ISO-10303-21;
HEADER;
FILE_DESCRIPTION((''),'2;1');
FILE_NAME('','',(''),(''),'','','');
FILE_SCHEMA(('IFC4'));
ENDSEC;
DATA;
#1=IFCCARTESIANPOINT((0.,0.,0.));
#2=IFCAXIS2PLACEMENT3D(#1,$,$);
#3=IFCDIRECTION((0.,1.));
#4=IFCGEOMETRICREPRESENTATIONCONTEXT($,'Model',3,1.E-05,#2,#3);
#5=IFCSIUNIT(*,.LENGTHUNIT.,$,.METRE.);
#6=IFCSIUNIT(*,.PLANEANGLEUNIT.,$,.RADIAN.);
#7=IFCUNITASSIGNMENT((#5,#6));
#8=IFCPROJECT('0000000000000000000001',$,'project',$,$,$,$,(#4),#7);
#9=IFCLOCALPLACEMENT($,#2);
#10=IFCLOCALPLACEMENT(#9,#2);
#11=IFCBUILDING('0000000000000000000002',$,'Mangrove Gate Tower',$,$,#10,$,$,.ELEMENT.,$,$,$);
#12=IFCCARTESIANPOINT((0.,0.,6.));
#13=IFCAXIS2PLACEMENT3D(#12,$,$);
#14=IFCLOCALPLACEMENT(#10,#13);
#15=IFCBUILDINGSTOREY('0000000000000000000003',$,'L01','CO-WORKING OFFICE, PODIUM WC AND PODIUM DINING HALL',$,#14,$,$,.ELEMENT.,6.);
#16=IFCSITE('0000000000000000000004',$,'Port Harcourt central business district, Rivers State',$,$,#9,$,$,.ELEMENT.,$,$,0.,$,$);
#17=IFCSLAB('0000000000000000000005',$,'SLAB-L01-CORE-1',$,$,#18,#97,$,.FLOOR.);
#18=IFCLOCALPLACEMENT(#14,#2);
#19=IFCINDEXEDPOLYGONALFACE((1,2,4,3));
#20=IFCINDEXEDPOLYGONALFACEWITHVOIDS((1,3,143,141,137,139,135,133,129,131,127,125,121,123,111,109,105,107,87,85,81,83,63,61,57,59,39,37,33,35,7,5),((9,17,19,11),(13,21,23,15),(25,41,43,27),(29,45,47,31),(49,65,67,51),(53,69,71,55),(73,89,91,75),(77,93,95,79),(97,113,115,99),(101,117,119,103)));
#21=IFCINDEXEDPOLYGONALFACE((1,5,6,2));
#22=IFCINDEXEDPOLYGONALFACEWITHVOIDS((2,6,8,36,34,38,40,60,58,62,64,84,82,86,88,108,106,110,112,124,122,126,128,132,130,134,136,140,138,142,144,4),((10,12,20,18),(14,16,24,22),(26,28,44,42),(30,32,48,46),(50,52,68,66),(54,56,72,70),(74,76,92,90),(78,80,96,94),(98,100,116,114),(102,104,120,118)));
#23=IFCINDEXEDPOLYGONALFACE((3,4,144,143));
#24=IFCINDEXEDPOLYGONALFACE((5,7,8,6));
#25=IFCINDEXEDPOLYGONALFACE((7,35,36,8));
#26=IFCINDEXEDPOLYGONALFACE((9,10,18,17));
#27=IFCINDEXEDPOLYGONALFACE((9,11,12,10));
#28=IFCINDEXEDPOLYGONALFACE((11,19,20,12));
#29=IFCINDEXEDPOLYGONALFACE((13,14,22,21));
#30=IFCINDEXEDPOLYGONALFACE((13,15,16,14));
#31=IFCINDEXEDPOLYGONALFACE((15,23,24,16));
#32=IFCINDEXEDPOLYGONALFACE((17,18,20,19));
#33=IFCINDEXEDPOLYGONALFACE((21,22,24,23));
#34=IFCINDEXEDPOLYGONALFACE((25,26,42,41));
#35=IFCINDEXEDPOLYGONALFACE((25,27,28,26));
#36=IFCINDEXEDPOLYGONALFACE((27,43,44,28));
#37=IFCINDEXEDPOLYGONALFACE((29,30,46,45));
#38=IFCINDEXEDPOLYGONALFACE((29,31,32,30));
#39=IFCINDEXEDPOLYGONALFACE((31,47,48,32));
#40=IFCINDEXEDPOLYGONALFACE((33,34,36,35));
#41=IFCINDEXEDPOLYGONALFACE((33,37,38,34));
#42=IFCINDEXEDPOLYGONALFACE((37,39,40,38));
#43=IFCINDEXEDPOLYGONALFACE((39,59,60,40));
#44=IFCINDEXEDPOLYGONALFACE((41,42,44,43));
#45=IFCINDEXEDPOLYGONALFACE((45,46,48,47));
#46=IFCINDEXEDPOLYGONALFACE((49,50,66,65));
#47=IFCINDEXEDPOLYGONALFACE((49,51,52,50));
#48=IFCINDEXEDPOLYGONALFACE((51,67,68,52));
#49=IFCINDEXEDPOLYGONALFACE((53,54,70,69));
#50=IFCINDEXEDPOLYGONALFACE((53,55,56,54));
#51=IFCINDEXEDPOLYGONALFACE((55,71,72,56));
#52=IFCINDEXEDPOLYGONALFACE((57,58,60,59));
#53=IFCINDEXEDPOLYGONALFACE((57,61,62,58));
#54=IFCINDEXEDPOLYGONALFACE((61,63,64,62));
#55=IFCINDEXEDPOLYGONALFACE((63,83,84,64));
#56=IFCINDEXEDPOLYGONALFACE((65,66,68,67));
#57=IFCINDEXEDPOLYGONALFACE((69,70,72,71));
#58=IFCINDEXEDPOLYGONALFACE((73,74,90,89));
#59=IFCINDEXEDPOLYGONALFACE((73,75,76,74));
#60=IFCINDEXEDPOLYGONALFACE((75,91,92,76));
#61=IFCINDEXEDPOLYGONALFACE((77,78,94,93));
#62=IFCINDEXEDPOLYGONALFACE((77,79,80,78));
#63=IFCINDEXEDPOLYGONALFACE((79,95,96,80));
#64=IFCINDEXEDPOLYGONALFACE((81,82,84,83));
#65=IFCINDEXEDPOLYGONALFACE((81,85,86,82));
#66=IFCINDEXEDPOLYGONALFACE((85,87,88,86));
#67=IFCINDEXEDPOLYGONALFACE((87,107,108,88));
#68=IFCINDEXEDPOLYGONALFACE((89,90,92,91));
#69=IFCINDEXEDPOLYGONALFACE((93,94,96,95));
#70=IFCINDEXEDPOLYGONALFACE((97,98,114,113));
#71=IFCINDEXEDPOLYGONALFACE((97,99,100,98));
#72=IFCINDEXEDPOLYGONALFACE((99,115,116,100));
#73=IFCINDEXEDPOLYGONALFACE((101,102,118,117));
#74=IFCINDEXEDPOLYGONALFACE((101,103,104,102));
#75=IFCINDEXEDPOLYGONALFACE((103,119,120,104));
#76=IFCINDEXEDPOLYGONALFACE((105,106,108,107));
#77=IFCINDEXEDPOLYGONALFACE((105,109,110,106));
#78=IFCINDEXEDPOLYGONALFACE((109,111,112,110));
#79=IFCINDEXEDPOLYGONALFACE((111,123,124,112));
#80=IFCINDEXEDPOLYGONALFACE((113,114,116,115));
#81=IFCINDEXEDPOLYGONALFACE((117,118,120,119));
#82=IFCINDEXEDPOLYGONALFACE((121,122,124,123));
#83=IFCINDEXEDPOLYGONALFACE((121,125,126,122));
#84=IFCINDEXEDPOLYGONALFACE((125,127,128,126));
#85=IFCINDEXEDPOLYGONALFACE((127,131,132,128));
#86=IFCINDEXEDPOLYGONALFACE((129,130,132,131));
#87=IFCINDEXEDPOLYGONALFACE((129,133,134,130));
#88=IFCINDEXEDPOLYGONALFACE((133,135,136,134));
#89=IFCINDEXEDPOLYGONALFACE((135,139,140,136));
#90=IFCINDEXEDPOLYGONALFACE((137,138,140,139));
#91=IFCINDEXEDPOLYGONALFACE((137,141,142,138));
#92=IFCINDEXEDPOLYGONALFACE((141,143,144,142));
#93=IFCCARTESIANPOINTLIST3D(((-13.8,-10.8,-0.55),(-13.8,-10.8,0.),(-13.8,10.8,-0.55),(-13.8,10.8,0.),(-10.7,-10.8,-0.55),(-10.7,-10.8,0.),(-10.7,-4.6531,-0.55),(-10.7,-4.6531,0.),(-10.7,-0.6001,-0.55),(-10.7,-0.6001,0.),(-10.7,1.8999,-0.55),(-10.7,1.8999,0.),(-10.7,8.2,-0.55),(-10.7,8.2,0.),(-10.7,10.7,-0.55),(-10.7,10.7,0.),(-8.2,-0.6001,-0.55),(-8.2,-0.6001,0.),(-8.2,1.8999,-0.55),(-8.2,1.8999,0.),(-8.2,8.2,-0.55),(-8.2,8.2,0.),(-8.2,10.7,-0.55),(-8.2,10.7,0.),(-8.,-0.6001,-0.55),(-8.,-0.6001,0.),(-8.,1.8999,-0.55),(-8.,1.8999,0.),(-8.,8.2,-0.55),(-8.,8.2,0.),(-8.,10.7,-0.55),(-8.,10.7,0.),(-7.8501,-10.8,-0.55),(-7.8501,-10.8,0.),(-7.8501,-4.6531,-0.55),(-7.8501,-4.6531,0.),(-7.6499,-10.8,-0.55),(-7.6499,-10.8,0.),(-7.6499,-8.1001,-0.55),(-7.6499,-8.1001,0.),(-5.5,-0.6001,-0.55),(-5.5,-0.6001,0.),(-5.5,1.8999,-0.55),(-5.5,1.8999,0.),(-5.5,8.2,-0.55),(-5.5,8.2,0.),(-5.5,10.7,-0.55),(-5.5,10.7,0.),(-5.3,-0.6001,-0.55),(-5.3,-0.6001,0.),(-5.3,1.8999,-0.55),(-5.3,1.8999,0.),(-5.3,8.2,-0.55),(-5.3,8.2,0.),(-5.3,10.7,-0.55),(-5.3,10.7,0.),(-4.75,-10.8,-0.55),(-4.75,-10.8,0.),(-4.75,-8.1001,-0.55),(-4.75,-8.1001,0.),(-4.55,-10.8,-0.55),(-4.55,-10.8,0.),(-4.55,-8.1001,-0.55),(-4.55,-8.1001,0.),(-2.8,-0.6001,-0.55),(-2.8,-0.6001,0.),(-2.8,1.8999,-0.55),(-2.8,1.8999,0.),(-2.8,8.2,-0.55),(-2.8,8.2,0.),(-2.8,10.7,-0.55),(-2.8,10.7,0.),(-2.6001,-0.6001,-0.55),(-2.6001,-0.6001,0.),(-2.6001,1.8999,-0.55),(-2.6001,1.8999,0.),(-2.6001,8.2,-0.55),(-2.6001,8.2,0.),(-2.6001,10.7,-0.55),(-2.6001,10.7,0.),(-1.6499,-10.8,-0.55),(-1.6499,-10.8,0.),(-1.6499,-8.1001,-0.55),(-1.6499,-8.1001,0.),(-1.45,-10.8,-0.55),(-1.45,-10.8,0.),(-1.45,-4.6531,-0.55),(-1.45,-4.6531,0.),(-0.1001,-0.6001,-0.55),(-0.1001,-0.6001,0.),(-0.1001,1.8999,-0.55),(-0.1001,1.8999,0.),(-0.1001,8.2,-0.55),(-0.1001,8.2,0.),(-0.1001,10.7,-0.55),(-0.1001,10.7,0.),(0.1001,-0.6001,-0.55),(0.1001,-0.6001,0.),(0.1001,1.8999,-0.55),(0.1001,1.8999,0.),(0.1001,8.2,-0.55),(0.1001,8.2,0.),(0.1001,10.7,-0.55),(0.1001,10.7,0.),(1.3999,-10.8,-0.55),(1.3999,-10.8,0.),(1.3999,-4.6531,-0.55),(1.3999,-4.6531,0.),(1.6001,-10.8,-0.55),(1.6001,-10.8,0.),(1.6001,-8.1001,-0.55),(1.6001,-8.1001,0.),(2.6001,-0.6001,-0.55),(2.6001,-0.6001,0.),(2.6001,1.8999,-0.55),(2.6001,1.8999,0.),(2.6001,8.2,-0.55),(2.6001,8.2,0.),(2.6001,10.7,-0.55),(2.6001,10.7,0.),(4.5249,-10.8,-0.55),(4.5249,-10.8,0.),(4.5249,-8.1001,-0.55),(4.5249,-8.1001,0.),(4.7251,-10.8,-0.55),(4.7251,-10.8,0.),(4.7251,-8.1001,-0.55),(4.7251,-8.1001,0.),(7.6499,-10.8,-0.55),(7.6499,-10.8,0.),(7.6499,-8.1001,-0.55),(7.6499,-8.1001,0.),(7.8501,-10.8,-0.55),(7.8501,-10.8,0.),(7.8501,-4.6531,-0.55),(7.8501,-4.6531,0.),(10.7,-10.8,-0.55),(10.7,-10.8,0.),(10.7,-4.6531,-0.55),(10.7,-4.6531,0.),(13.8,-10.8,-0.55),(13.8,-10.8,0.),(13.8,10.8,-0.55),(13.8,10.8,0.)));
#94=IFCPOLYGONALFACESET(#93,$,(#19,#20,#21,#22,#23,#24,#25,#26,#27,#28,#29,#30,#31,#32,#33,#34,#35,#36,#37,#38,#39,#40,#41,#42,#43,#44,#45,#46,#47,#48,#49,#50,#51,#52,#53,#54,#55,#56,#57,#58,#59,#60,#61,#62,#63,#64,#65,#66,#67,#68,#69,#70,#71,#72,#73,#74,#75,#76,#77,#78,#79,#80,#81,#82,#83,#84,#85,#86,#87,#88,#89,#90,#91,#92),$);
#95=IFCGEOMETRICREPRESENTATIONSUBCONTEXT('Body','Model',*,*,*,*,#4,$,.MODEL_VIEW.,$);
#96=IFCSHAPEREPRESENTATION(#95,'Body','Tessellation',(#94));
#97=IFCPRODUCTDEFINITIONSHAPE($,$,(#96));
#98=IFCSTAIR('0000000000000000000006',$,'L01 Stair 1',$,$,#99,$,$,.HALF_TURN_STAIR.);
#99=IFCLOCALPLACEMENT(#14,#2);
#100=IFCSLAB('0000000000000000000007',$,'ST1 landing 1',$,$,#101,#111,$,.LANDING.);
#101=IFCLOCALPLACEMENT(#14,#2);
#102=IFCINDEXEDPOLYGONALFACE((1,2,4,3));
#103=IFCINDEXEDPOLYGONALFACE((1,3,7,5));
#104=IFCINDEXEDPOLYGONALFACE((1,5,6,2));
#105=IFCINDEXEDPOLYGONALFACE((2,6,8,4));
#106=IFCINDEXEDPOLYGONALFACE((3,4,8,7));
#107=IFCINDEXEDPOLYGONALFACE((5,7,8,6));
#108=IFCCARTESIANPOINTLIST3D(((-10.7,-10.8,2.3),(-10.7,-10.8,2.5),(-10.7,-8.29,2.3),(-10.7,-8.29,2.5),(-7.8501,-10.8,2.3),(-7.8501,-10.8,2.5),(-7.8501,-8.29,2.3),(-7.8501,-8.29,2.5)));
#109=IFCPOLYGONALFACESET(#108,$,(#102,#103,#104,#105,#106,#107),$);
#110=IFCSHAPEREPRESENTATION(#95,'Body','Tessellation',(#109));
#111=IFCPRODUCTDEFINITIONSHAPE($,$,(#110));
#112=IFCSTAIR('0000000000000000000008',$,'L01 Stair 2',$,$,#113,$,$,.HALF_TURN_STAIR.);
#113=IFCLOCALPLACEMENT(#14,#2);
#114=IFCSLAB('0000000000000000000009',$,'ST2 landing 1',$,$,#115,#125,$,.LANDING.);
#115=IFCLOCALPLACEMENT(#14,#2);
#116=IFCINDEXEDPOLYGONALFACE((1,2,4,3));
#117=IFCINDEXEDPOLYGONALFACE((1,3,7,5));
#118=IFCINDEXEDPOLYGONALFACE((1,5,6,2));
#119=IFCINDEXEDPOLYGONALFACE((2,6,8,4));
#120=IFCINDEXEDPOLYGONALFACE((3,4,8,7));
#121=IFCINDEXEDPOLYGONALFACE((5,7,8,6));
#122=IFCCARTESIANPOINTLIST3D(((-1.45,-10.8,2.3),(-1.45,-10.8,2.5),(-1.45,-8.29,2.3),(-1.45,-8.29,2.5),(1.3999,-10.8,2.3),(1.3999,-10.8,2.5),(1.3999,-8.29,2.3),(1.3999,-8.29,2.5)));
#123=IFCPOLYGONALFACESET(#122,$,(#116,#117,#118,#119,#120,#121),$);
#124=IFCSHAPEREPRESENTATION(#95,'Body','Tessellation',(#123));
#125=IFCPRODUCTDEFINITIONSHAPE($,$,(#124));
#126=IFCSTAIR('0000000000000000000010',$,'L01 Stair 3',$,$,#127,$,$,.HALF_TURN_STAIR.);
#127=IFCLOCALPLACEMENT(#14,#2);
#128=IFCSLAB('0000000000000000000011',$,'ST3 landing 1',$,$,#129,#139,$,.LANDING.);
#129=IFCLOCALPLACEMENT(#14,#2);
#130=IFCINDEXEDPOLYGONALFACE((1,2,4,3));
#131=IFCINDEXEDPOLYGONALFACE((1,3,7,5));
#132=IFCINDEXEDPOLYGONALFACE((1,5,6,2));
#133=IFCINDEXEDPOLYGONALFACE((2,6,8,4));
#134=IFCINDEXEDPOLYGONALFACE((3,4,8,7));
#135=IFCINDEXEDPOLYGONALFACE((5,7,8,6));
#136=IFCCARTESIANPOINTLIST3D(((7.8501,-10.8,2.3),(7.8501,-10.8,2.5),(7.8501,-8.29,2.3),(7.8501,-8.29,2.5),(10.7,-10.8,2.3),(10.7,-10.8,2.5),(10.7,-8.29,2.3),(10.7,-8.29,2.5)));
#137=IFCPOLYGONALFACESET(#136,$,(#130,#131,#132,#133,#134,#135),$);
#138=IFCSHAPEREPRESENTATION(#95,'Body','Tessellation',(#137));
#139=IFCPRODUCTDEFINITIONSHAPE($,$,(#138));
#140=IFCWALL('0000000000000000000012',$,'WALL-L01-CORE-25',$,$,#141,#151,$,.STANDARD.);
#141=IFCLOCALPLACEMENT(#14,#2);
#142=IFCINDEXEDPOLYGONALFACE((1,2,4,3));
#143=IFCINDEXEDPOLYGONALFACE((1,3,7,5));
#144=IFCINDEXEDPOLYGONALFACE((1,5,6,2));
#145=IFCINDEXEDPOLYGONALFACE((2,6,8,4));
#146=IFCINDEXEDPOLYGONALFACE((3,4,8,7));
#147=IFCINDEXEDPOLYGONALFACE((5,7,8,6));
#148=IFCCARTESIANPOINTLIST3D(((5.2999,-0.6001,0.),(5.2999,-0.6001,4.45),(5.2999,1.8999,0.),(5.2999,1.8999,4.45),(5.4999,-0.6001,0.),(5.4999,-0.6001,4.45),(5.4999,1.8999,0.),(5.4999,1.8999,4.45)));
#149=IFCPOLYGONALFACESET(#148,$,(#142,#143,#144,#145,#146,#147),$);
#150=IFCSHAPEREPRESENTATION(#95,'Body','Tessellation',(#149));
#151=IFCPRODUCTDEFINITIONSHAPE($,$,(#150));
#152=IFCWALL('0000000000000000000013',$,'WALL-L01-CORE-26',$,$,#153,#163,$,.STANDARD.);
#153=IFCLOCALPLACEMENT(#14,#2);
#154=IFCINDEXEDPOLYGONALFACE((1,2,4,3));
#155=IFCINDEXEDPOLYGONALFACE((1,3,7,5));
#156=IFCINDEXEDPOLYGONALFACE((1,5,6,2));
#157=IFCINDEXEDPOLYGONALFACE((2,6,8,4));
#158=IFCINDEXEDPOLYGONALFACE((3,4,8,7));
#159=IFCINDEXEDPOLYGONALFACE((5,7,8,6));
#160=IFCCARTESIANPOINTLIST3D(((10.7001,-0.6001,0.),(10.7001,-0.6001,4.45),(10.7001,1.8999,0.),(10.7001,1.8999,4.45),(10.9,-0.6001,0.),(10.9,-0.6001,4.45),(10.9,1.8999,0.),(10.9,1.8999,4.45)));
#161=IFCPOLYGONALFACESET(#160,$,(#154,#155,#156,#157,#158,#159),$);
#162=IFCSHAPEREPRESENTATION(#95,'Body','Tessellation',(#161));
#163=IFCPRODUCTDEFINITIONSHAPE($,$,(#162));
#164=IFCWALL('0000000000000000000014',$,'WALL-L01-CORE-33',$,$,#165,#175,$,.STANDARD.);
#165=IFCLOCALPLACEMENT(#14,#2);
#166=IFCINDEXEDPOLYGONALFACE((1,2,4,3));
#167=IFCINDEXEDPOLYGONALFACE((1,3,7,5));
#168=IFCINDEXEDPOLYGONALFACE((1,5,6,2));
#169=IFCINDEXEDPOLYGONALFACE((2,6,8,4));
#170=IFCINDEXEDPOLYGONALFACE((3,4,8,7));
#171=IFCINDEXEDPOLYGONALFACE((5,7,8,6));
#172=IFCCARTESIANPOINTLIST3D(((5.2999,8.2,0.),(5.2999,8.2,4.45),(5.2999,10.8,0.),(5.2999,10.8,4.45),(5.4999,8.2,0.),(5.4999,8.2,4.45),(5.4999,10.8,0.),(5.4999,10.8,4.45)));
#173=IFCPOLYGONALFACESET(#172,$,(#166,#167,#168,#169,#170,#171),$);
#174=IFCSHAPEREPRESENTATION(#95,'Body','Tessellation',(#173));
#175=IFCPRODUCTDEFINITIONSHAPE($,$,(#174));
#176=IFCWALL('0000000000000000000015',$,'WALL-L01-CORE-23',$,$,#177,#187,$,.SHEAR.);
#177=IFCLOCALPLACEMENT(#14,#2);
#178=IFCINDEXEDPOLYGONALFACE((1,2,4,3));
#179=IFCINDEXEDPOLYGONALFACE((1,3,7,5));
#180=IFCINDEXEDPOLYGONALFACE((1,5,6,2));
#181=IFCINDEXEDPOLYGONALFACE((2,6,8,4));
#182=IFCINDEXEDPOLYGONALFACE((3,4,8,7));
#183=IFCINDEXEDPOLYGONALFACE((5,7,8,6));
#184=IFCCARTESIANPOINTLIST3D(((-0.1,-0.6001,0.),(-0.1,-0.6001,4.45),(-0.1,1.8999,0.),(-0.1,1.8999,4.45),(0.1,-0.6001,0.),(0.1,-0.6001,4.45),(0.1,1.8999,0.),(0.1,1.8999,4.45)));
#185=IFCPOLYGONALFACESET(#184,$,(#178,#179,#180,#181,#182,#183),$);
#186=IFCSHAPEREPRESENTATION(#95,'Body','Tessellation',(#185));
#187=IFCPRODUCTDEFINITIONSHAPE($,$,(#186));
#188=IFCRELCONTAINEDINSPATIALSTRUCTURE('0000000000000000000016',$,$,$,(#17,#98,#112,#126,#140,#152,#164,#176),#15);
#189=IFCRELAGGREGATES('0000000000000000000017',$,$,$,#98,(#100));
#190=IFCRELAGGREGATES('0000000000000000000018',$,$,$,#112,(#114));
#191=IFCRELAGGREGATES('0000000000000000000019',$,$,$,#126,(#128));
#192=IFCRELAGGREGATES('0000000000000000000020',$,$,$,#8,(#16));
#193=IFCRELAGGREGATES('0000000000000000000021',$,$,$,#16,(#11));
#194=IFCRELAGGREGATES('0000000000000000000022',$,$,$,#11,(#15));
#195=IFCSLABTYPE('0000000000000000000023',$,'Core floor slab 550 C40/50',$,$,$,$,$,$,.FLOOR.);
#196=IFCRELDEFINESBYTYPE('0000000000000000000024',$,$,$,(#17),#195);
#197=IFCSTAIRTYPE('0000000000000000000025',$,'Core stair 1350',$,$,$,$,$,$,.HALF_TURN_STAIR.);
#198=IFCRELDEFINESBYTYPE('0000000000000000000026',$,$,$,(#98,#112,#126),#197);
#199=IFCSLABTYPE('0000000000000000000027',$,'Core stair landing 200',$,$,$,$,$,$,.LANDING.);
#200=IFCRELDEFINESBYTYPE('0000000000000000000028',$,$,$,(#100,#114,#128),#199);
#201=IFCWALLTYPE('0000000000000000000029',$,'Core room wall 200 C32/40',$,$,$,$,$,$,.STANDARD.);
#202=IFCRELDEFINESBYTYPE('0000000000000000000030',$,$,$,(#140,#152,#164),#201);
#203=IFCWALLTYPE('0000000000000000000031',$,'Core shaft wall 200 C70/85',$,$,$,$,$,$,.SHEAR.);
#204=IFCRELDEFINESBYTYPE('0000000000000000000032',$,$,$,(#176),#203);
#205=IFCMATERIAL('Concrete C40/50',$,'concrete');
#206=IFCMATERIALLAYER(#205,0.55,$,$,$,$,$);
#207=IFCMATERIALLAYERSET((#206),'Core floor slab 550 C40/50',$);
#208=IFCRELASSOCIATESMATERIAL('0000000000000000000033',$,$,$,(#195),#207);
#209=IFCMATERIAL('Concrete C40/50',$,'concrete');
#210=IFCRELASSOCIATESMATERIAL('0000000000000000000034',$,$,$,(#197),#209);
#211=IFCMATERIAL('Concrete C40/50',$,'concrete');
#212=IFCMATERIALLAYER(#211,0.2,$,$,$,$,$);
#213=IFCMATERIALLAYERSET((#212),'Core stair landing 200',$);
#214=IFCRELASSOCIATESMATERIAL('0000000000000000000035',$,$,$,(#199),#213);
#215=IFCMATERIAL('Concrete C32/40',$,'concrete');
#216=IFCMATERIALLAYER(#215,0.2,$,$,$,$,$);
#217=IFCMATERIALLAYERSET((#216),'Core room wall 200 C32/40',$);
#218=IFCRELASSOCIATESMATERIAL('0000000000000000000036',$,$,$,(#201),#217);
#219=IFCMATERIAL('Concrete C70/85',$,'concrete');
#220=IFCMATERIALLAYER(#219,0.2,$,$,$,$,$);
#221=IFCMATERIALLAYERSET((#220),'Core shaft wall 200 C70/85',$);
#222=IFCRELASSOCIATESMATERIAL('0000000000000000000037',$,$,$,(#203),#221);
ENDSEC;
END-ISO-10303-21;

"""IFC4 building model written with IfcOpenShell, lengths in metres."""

from ifc_helpers import new_model, si_unit, direction, frame, frame_2d, origin, place, context, subcontext, project, spatial, polyline, rectangle, outline, extrude, material, layer, layer_set, type_object, element, aggregate, save


model = new_model("IFC4")

# Units and contexts
model_context = context("Model", 3, precision=1e-05, world=origin(), true_north=direction((0.0, 1.0)))
body_context = subcontext(model_context, "Body", "Model", "MODEL_VIEW")
ifc_project = project(units=[si_unit("LENGTHUNIT", "METRE"), si_unit("PLANEANGLEUNIT", "RADIAN")], contexts=[model_context])

# Site, building, storey
site_placement = place(None, origin())
site = spatial("IfcSite", under=ifc_project, at=site_placement, Name="Port Harcourt central business district, Rivers State", CompositionType="ELEMENT", RefElevation=0.0)
building_placement = place(site_placement, origin())
building = spatial("IfcBuilding", under=site, at=building_placement, Name="Mangrove Gate Tower", CompositionType="ELEMENT")
storey_placement = place(building_placement, frame((0.0, 0.0, 6.0)))
storey = spatial("IfcBuildingStorey", under=building, at=storey_placement, Name="L01", Description="CO-WORKING OFFICE, PODIUM WC AND PODIUM DINING HALL", CompositionType="ELEMENT", Elevation=6.0)

# Slab
ifc_material_1 = material(Name="Concrete C40/50", Category="concrete")
ifc_layer_1 = layer(ifc_material_1, 0.55)
ifc_layer_set_1 = layer_set([ifc_layer_1], Name="Core floor slab 550 C40/50")
slab_type_1 = type_object("IfcSlabType", Name="Core floor slab 550 C40/50", PredefinedType="FLOOR", material=ifc_layer_set_1)
slab_1_placement = place(storey_placement, frame((0.0, 0.0, -0.55)))
element("IfcSlab", 1, at=slab_1_placement, inside=storey, type_object=slab_type_1, Name="SLAB-L01-CORE-1", PredefinedType="FLOOR", context=body_context, shape_type="SweptSolid", body=[
    extrude(outline(polyline([(-13.8, -10.8), (-13.8, 10.8), (13.8, 10.8), (13.8, -10.8), (10.7, -10.8), (10.7, -4.6531), (7.8501, -4.6531), (7.8501, -10.8), (7.6499, -10.8), (7.6499, -8.1001), (4.7251, -8.1001), (4.7251, -10.8), (4.5249, -10.8), (4.5249, -8.1001), (1.6001, -8.1001), (1.6001, -10.8), (1.3999, -10.8), (1.3999, -4.6531), (-1.45, -4.6531), (-1.45, -10.8), (-1.6499, -10.8), (-1.6499, -8.1001), (-4.55, -8.1001), (-4.55, -10.8), (-4.75, -10.8), (-4.75, -8.1001), (-7.6499, -8.1001), (-7.6499, -10.8), (-7.8501, -10.8), (-7.8501, -4.6531), (-10.7, -4.6531), (-10.7, -10.8), (-13.8, -10.8)]), holes=[polyline([(-8.2, -0.6001), (-8.2, 1.8999), (-10.7, 1.8999), (-10.7, -0.6001), (-8.2, -0.6001)]), polyline([(-5.5, -0.6001), (-5.5, 1.8999), (-8.0, 1.8999), (-8.0, -0.6001), (-5.5, -0.6001)]), polyline([(-2.8, -0.6001), (-2.8, 1.8999), (-5.3, 1.8999), (-5.3, -0.6001), (-2.8, -0.6001)]), polyline([(-8.2, 8.2), (-8.2, 10.7), (-10.7, 10.7), (-10.7, 8.2), (-8.2, 8.2)]), polyline([(-5.5, 8.2), (-5.5, 10.7), (-8.0, 10.7), (-8.0, 8.2), (-5.5, 8.2)]), polyline([(-2.8, 8.2), (-2.8, 10.7), (-5.3, 10.7), (-5.3, 8.2), (-2.8, 8.2)]), polyline([(-0.1001, -0.6001), (-0.1001, 1.8999), (-2.6001, 1.8999), (-2.6001, -0.6001), (-0.1001, -0.6001)]), polyline([(2.6001, -0.6001), (2.6001, 1.8999), (0.1001, 1.8999), (0.1001, -0.6001), (2.6001, -0.6001)]), polyline([(-2.6001, 8.2), (-0.1001, 8.2), (-0.1001, 10.7), (-2.6001, 10.7), (-2.6001, 8.2)]), polyline([(0.1001, 8.2), (2.6001, 8.2), (2.6001, 10.7), (0.1001, 10.7), (0.1001, 8.2)])]), origin(), (0.0, 0.0, 1.0), 0.55),
])

# Stairs, slabs
ifc_material_2 = material(Name="Concrete C40/50", Category="concrete")
stair_type = type_object("IfcStairType", Name="Core stair 1350", PredefinedType="HALF_TURN_STAIR", material=ifc_material_2)
stair_1_placement = place(storey_placement, origin())
stair_1 = element("IfcStair", 2, at=stair_1_placement, inside=storey, type_object=stair_type, Name="L01 Stair 1", PredefinedType="HALF_TURN_STAIR")
ifc_material_3 = material(Name="Concrete C40/50", Category="concrete")
ifc_layer_2 = layer(ifc_material_3, 0.2)
ifc_layer_set_2 = layer_set([ifc_layer_2], Name="Core stair landing 200")
slab_type_2 = type_object("IfcSlabType", Name="Core stair landing 200", PredefinedType="LANDING", material=ifc_layer_set_2)
slab_2_placement = place(storey_placement, frame((0.0, 0.0, 2.3)))
slab_2 = element("IfcSlab", 3, at=slab_2_placement, type_object=slab_type_2, Name="ST1 landing 1", PredefinedType="LANDING", context=body_context, shape_type="SweptSolid", body=[
    extrude(outline(polyline([(-10.7, -8.29), (-10.7, -10.8), (-7.8501, -10.8), (-7.8501, -8.29), (-10.7, -8.29)])), origin(), (0.0, 0.0, 1.0), 0.2),
])
aggregate(stair_1, [slab_2])
stair_2_placement = place(storey_placement, origin())
stair_2 = element("IfcStair", 4, at=stair_2_placement, inside=storey, type_object=stair_type, Name="L01 Stair 2", PredefinedType="HALF_TURN_STAIR")
slab_3_placement = place(storey_placement, frame((0.0, 0.0, 2.3)))
slab_3 = element("IfcSlab", 5, at=slab_3_placement, type_object=slab_type_2, Name="ST2 landing 1", PredefinedType="LANDING", context=body_context, shape_type="SweptSolid", body=[
    extrude(outline(polyline([(-1.45, -8.29), (-1.45, -10.8), (1.3999, -10.8), (1.3999, -8.29), (-1.45, -8.29)])), origin(), (0.0, 0.0, 1.0), 0.2),
])
aggregate(stair_2, [slab_3])
stair_3_placement = place(storey_placement, origin())
stair_3 = element("IfcStair", 6, at=stair_3_placement, inside=storey, type_object=stair_type, Name="L01 Stair 3", PredefinedType="HALF_TURN_STAIR")
slab_4_placement = place(storey_placement, frame((0.0, 0.0, 2.3)))
slab_4 = element("IfcSlab", 7, at=slab_4_placement, type_object=slab_type_2, Name="ST3 landing 1", PredefinedType="LANDING", context=body_context, shape_type="SweptSolid", body=[
    extrude(outline(polyline([(7.8501, -8.29), (7.8501, -10.8), (10.7, -10.8), (10.7, -8.29), (7.8501, -8.29)])), origin(), (0.0, 0.0, 1.0), 0.2),
])

# Walls
ifc_material_4 = material(Name="Concrete C32/40", Category="concrete")
ifc_layer_3 = layer(ifc_material_4, 0.2)
ifc_layer_set_3 = layer_set([ifc_layer_3], Name="Core room wall 200 C32/40")
wall_type_1 = type_object("IfcWallType", Name="Core room wall 200 C32/40", PredefinedType="STANDARD", material=ifc_layer_set_3)
for number, where, z_axis, x_axis, name in (
    (8, (5.3999, -0.6001, 0.0), (0.0, 0.0, 1.0), (0.0, 1.0, 0.0), "WALL-L01-CORE-25"),
    (9, (10.8, -0.6001, 0.0), (0.0, 0.0, 1.0), (0.0, 1.0, 0.0), "WALL-L01-CORE-26"),
):
    element("IfcWall", number, at=place(storey_placement, frame(where, z_axis=z_axis, x_axis=x_axis)), inside=storey, type_object=wall_type_1, Name=name, PredefinedType="STANDARD", context=body_context, shape_type="SweptSolid", body=[
        extrude(rectangle(XDim=2.5, YDim=0.2, at=frame_2d((1.25, 0.0))), origin(), (0.0, 0.0, 1.0), 4.45),
    ])
wall_1_placement = place(storey_placement, frame((5.3999, 8.2, 0.0), z_axis=(0.0, 0.0, 1.0), x_axis=(0.0, 1.0, 0.0)))
element("IfcWall", 10, at=wall_1_placement, inside=storey, type_object=wall_type_1, Name="WALL-L01-CORE-33", PredefinedType="STANDARD", context=body_context, shape_type="SweptSolid", body=[
    extrude(rectangle(XDim=2.6001, YDim=0.2, at=frame_2d((1.3, 0.0))), origin(), (0.0, 0.0, 1.0), 4.45),
])
ifc_material_5 = material(Name="Concrete C70/85", Category="concrete")
ifc_layer_4 = layer(ifc_material_5, 0.2)
ifc_layer_set_4 = layer_set([ifc_layer_4], Name="Core shaft wall 200 C70/85")
wall_type_2 = type_object("IfcWallType", Name="Core shaft wall 200 C70/85", PredefinedType="SHEAR", material=ifc_layer_set_4)
for number, where, z_axis, x_axis, name in (
    (11, (0.0, -0.6001, 0.0), (0.0, 0.0, 1.0), (0.0, 1.0, 0.0), "WALL-L01-CORE-23"),
):
    element("IfcWall", number, at=place(storey_placement, frame(where, z_axis=z_axis, x_axis=x_axis)), inside=storey, type_object=wall_type_2, Name=name, PredefinedType="SHEAR", context=body_context, shape_type="SweptSolid", body=[
        extrude(rectangle(XDim=2.5, YDim=0.2, at=frame_2d((1.25, 0.0))), origin(), (0.0, 0.0, 1.0), 4.45),
    ])

aggregate(stair_3, [slab_4])

save(model, "model.ifc")
